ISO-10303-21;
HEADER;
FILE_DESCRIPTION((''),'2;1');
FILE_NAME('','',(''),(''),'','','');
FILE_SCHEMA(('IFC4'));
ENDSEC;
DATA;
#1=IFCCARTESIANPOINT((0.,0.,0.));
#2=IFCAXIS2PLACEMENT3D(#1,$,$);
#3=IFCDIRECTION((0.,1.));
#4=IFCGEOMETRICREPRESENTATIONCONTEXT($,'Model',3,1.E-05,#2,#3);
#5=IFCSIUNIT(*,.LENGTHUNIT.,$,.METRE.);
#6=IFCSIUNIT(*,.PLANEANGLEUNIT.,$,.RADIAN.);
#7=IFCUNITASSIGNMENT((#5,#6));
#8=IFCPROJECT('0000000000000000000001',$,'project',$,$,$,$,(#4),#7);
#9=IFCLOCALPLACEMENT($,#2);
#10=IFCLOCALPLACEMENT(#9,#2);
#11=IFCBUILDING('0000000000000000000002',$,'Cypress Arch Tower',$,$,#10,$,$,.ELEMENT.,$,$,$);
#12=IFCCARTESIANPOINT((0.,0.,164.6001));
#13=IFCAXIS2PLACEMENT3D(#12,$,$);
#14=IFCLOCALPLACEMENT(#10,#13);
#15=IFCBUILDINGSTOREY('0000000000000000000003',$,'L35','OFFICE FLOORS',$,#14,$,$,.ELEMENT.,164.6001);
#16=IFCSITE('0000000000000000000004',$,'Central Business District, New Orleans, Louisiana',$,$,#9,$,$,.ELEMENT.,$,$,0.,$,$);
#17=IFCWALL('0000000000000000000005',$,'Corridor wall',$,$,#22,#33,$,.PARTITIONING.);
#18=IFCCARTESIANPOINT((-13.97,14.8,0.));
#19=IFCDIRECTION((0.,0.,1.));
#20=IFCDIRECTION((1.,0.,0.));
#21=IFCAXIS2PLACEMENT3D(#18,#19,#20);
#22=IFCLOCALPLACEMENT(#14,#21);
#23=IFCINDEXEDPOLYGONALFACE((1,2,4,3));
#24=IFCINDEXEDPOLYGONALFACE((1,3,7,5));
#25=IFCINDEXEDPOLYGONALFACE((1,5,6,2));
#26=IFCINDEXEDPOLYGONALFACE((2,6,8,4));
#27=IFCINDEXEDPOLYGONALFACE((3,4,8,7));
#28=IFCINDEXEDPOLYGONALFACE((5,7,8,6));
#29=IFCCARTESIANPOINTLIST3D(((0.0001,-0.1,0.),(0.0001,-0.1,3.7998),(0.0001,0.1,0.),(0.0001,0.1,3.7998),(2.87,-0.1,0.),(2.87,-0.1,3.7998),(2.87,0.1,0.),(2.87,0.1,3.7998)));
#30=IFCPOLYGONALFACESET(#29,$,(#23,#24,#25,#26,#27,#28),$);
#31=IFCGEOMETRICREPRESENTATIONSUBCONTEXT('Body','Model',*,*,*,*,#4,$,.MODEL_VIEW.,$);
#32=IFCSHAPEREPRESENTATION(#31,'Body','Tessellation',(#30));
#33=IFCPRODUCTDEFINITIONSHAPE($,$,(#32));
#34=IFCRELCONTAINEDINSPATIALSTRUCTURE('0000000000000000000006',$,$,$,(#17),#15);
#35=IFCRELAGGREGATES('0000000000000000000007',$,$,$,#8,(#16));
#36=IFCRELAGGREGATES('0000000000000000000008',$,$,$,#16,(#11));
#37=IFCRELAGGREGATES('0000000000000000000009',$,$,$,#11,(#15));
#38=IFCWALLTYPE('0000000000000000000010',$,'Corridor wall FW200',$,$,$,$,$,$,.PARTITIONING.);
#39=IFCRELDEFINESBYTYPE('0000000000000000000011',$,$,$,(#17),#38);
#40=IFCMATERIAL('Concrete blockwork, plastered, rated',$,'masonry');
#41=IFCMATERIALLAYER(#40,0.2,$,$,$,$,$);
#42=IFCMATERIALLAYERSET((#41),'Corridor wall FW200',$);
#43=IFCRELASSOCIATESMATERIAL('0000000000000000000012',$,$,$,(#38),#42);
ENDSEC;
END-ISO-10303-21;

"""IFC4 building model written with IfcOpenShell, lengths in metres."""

from ifc_helpers import new_model, si_unit, direction, frame, frame_2d, origin, place, context, subcontext, project, spatial, rectangle, extrude, material, layer, layer_set, type_object, element, save


model = new_model("IFC4")

# Units and contexts
model_context = context("Model", 3, precision=1e-05, world=origin(), true_north=direction((0.0, 1.0)))
body_context = subcontext(model_context, "Body", "Model", "MODEL_VIEW")
ifc_project = project(units=[si_unit("LENGTHUNIT", "METRE"), si_unit("PLANEANGLEUNIT", "RADIAN")], contexts=[model_context])

# Site, building, storey
site_placement = place(None, origin())
site = spatial("IfcSite", under=ifc_project, at=site_placement, Name="Central Business District, New Orleans, Louisiana", CompositionType="ELEMENT", RefElevation=0.0)
building_placement = place(site_placement, origin())
building = spatial("IfcBuilding", under=site, at=building_placement, Name="Cypress Arch Tower", CompositionType="ELEMENT")
storey_placement = place(building_placement, frame((0.0, 0.0, 164.6001)))
storey = spatial("IfcBuildingStorey", under=building, at=storey_placement, Name="L35", Description="OFFICE FLOORS", CompositionType="ELEMENT", Elevation=164.6001)

# Wall
ifc_material_1 = material(Name="Concrete blockwork, plastered, rated", Category="masonry")
ifc_layer_1 = layer(ifc_material_1, 0.2)
ifc_layer_set_1 = layer_set([ifc_layer_1], Name="Corridor wall FW200")
wall_type_1 = type_object("IfcWallType", Name="Corridor wall FW200", PredefinedType="PARTITIONING", material=ifc_layer_set_1)
wall_1_placement = place(storey_placement, frame((-13.97, 14.8, 0.0), z_axis=(0.0, 0.0, 1.0), x_axis=(1.0, 0.0, 0.0)))
element("IfcWall", 1, at=wall_1_placement, inside=storey, type_object=wall_type_1, Name="Corridor wall", PredefinedType="PARTITIONING", context=body_context, shape_type="SweptSolid", body=[
    extrude(rectangle(XDim=2.8699, YDim=0.2, at=frame_2d((1.4351, 0.0))), origin(), (0.0, 0.0, 1.0), 3.7998),
])

save(model, "model.ifc")
